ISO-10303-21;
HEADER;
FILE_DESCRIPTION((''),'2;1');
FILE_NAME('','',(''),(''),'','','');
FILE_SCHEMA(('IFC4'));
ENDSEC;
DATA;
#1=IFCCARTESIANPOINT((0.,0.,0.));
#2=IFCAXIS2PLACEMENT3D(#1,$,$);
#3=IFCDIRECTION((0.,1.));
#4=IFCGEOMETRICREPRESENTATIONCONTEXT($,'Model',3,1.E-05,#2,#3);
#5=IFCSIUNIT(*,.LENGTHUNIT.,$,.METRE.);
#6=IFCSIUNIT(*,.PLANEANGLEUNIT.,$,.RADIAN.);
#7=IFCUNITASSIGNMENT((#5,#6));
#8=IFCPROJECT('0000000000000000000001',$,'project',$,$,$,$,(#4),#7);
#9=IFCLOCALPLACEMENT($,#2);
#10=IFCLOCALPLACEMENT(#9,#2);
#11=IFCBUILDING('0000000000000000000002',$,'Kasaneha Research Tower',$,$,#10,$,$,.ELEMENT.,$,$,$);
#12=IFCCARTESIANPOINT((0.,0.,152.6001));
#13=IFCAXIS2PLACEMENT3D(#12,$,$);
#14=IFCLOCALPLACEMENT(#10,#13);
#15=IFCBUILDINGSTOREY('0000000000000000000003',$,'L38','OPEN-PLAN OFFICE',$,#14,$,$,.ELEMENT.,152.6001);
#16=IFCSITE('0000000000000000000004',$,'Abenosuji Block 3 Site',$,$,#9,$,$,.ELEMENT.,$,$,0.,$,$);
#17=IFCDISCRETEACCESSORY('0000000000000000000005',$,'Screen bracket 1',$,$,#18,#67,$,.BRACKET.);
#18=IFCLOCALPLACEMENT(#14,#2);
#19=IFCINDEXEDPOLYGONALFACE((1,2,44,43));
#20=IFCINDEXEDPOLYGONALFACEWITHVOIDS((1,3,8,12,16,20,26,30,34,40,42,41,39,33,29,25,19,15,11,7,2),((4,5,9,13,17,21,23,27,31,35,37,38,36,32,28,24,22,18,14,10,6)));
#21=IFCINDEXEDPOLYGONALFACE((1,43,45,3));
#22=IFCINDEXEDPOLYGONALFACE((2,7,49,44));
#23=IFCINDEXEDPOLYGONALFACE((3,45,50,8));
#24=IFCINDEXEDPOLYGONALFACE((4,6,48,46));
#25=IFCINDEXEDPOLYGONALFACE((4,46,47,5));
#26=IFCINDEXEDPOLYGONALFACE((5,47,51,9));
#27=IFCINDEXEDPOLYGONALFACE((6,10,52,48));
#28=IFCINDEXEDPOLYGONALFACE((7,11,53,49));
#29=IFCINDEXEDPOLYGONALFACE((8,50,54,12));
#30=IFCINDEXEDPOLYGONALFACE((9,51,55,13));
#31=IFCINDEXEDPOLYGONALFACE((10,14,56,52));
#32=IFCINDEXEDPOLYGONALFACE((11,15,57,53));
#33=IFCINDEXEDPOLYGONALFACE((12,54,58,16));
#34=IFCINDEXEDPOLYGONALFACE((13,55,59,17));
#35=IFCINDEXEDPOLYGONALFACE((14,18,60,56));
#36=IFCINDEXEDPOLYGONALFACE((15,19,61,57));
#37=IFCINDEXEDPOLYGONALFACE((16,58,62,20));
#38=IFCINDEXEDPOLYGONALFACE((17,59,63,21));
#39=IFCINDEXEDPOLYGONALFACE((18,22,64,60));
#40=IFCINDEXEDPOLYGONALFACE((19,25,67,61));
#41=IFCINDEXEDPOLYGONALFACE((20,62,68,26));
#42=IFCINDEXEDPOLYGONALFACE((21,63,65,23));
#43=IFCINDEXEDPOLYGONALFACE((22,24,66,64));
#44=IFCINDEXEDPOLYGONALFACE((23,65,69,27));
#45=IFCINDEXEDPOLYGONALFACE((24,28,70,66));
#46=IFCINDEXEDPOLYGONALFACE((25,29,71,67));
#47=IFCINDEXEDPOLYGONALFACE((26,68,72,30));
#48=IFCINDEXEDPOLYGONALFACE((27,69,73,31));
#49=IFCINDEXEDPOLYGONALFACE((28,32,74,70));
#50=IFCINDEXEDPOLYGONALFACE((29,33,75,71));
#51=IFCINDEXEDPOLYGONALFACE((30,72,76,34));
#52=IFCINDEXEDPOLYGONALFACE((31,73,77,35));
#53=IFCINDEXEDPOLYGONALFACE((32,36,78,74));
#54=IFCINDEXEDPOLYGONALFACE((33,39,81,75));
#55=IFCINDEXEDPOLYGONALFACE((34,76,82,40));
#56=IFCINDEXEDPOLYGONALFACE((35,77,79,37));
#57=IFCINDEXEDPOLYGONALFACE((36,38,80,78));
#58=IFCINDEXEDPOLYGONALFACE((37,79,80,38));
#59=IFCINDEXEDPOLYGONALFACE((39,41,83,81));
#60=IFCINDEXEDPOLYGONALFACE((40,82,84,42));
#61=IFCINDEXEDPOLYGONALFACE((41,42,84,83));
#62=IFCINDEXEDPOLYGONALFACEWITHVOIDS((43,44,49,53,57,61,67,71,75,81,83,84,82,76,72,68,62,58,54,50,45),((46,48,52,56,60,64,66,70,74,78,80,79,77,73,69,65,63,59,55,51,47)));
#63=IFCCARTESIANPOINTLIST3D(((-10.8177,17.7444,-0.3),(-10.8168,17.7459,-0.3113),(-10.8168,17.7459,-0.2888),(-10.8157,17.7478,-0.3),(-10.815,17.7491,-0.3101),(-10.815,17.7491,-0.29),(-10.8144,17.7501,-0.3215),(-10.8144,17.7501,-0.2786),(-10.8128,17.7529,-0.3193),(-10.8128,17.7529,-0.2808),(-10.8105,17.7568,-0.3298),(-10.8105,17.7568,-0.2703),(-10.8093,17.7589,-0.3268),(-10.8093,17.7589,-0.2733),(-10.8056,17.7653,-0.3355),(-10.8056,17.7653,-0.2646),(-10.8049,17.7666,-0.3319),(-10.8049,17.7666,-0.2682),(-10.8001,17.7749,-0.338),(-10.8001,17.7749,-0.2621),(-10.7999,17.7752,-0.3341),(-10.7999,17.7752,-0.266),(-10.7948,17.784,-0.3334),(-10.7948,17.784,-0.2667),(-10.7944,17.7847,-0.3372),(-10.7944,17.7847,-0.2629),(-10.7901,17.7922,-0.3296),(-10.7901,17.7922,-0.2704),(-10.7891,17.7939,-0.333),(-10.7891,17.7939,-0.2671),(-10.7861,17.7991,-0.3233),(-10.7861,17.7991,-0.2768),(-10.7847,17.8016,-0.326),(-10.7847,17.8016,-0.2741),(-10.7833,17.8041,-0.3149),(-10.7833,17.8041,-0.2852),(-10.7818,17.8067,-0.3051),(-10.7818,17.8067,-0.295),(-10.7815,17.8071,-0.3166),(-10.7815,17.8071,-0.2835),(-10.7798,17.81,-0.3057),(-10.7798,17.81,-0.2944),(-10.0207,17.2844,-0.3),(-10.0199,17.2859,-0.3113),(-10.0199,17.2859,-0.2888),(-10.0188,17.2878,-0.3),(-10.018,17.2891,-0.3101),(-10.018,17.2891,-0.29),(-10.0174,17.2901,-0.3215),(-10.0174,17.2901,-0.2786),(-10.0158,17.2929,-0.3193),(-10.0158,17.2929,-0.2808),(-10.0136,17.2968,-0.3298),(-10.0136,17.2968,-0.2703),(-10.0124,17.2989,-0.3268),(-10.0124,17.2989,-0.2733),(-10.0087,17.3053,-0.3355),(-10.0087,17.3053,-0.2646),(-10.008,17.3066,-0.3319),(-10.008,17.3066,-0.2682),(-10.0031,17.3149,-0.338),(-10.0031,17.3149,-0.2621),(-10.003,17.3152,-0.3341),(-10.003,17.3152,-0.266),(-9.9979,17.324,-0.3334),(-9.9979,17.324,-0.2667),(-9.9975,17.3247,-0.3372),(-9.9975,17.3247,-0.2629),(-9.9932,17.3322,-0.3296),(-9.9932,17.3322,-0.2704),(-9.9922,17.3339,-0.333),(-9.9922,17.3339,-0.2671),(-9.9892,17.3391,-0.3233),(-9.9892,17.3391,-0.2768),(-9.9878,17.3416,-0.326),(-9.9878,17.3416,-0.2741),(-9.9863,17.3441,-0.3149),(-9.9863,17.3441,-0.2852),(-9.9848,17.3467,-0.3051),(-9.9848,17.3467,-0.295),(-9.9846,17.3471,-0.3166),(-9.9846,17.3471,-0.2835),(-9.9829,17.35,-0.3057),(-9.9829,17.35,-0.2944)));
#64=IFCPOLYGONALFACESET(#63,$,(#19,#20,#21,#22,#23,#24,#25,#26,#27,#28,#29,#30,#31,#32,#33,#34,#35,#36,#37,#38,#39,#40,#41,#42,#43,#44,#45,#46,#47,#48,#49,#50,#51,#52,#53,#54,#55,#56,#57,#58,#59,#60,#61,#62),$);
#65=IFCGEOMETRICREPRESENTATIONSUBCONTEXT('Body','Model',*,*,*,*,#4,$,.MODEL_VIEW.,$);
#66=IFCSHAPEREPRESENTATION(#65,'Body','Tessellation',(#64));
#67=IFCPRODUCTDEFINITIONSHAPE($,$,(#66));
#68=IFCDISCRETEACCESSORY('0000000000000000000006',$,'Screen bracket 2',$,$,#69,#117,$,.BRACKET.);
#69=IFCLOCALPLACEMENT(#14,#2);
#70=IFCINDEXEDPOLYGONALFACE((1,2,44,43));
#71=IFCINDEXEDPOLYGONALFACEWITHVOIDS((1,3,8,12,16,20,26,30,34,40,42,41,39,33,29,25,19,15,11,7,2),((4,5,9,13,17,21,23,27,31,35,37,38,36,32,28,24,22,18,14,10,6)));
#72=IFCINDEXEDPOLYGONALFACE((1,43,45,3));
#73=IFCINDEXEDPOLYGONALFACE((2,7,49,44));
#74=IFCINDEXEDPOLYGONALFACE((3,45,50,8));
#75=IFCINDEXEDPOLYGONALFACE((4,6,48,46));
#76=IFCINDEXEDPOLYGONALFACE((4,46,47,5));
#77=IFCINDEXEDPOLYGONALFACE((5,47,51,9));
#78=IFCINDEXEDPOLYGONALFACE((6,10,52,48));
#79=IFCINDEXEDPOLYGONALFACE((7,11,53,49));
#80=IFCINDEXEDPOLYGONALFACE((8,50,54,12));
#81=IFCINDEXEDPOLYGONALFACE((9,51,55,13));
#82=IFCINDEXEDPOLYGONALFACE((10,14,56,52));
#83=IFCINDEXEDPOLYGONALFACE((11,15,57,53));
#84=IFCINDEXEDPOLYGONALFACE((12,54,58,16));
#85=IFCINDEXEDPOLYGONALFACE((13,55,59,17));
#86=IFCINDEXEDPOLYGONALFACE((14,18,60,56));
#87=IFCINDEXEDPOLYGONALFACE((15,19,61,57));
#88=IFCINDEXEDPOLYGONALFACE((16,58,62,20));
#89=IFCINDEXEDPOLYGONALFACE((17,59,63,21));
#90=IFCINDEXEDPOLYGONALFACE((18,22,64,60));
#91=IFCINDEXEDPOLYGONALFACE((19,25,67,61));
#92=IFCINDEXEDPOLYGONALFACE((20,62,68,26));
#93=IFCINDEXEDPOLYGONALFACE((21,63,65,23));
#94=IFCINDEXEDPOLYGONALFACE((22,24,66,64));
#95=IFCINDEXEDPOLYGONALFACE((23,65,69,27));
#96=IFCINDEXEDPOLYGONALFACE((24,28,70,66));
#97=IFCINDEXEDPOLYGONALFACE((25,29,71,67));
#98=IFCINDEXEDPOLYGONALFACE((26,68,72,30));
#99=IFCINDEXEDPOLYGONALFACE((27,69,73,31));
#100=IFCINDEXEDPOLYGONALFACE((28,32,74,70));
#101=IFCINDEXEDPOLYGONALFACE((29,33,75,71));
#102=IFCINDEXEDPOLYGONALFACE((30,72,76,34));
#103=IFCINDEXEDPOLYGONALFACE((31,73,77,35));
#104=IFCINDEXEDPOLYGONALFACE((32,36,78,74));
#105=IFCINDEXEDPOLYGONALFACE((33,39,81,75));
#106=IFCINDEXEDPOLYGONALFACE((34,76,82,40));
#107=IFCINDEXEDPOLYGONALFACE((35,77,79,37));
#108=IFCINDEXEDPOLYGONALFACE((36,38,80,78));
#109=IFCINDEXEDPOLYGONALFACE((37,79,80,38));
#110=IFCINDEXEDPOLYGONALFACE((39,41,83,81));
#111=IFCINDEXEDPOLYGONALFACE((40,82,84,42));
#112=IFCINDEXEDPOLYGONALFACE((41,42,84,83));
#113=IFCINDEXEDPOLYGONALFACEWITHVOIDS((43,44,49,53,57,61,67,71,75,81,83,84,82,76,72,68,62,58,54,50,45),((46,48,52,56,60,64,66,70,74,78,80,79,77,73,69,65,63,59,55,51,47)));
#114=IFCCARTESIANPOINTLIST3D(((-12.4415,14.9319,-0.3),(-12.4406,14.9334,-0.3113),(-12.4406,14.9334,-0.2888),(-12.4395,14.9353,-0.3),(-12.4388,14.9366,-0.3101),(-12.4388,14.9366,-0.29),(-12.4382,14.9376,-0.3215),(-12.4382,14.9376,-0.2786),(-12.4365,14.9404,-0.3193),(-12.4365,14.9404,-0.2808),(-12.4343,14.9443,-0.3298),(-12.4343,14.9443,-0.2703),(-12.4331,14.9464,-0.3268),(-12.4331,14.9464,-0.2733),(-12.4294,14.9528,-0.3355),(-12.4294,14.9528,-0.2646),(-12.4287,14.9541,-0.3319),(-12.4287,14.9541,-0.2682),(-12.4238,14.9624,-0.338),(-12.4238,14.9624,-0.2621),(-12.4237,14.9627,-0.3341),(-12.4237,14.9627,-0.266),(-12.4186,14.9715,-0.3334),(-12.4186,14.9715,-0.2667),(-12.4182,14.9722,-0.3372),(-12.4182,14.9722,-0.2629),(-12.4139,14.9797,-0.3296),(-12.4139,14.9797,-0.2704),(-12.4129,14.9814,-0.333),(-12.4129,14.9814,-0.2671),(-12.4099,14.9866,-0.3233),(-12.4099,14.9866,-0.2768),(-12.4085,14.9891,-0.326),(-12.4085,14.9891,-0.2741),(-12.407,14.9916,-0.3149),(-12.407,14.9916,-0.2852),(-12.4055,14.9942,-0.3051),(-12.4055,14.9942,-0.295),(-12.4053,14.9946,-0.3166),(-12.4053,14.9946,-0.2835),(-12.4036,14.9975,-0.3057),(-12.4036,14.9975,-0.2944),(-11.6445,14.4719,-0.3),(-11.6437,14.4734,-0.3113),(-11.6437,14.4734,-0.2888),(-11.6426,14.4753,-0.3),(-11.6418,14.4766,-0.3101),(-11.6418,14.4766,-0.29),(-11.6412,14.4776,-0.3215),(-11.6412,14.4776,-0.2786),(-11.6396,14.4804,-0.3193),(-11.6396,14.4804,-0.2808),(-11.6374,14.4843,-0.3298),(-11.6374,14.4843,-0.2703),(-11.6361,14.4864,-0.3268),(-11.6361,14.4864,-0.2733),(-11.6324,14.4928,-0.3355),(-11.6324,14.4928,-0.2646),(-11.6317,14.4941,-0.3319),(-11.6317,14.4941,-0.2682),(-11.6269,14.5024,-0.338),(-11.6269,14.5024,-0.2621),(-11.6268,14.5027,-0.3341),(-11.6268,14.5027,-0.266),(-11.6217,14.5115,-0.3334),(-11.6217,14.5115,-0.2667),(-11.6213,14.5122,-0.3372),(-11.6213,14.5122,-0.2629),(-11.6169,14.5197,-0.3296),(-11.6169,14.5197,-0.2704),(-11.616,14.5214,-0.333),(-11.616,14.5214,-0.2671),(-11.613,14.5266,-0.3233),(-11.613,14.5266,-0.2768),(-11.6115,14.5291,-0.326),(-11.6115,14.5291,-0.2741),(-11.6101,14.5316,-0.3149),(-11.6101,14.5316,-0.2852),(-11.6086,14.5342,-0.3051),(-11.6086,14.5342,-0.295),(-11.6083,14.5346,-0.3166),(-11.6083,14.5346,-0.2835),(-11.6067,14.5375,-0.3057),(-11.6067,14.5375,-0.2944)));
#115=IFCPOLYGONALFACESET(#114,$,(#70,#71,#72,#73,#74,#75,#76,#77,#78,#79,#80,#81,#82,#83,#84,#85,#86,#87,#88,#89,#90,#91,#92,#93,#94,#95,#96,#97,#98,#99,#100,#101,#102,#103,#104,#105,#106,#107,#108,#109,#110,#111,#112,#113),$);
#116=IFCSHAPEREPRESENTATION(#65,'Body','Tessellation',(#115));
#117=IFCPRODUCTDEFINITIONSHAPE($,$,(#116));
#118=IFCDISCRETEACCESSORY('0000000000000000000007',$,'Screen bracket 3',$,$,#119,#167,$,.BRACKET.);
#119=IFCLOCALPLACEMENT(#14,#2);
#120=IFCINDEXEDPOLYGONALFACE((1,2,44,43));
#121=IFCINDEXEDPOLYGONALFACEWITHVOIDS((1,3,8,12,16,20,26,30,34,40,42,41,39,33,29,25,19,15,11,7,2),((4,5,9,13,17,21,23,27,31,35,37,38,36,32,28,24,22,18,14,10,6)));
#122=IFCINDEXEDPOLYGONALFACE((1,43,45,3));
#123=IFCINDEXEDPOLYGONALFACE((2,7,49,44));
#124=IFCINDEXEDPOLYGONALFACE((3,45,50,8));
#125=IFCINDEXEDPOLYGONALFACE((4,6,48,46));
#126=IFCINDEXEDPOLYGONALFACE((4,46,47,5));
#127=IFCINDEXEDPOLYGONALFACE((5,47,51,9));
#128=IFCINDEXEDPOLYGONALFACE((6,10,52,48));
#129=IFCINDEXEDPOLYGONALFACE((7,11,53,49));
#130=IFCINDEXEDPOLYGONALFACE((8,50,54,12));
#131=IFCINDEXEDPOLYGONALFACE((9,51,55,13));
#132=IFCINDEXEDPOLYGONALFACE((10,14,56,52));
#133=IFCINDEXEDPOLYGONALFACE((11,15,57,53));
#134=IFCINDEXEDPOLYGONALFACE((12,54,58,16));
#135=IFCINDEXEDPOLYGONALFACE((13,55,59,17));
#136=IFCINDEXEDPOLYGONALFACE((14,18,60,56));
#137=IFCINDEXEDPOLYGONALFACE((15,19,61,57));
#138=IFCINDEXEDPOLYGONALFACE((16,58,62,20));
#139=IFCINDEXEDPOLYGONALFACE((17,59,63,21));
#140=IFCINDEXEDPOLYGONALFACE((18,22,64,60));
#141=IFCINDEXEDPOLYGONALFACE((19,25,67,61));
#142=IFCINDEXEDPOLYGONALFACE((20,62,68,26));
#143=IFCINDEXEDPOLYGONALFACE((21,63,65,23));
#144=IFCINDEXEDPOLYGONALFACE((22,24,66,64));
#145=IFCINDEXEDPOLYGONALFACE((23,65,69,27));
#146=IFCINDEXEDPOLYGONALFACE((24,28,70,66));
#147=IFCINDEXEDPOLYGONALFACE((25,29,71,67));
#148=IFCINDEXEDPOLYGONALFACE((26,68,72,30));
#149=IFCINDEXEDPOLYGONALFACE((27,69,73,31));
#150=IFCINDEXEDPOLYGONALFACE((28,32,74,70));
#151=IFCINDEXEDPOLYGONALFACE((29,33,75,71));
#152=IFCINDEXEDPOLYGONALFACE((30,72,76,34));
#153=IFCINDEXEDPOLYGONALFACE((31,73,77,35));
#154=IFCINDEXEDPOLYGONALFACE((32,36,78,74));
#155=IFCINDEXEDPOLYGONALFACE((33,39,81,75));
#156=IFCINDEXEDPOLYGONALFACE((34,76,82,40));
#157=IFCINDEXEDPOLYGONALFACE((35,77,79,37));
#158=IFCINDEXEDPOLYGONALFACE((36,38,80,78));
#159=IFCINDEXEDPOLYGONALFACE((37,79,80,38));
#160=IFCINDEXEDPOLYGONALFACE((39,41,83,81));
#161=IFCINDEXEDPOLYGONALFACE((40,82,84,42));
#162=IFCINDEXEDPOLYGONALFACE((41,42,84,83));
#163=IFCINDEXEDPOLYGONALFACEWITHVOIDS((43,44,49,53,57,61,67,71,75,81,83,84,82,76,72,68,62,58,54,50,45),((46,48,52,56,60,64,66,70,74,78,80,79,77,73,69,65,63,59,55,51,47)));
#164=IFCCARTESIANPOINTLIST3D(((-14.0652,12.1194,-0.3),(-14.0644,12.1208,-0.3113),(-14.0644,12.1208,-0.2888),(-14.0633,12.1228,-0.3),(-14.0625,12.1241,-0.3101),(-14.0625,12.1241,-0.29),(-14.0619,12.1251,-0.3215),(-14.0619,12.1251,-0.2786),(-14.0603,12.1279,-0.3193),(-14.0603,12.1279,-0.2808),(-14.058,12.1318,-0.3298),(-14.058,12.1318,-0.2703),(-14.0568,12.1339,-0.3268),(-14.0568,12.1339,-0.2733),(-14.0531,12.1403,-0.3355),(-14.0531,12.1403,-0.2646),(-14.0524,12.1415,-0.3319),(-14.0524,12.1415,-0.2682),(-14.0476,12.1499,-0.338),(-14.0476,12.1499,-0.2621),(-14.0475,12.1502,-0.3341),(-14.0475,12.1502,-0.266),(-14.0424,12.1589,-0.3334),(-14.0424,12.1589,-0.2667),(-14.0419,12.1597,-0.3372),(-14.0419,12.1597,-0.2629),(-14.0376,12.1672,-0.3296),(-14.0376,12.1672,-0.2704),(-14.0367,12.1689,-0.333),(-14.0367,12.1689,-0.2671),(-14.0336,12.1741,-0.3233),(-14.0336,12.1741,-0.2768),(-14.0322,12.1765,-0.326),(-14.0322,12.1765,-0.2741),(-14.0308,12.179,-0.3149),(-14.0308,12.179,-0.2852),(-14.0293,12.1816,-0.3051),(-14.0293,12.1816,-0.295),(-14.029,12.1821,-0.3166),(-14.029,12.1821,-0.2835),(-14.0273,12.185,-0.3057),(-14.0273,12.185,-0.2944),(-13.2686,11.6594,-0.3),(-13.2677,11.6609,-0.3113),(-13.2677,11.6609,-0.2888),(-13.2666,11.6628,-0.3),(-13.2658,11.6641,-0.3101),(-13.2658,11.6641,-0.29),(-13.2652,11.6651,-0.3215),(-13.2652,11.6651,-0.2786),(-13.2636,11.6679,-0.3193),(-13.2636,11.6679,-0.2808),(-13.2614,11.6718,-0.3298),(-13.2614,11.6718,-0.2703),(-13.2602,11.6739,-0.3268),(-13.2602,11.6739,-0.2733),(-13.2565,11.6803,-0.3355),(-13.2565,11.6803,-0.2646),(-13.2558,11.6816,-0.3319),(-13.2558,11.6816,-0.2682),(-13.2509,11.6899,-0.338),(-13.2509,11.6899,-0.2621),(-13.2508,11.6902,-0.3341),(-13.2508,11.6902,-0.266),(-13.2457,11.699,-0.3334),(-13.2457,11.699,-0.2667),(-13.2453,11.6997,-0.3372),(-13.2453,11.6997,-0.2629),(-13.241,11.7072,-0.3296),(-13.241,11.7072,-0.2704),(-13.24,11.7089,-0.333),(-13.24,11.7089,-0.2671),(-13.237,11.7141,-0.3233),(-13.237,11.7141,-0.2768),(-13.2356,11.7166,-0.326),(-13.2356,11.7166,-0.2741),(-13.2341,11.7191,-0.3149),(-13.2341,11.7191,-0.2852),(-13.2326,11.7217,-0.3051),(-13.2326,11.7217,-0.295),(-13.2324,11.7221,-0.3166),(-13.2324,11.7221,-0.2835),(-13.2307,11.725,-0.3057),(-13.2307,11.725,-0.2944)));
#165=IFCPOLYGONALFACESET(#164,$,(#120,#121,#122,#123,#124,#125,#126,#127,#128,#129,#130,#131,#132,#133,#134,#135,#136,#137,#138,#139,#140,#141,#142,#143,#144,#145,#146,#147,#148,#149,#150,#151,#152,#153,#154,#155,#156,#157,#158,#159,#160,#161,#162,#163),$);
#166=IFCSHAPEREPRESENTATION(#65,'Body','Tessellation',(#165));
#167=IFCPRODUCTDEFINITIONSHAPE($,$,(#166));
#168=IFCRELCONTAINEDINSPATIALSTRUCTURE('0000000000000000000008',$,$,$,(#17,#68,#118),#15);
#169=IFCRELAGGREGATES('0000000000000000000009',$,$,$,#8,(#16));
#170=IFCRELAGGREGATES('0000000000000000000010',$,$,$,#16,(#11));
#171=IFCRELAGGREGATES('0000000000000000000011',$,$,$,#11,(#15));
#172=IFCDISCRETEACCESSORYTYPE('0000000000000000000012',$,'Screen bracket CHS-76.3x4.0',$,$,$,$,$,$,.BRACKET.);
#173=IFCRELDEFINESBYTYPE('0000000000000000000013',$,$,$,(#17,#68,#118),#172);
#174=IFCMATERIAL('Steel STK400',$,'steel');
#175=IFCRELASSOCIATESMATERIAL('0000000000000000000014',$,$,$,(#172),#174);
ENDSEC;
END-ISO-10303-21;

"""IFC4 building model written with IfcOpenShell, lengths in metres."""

from ifc_helpers import new_model, si_unit, direction, frame, origin, origin_2d, place, context, subcontext, project, spatial, hollow_circle, extrude, material, material_profile, profile_set, type_object, element, save


model = new_model("IFC4")

# Units and contexts
model_context = context("Model", 3, precision=1e-05, world=origin(), true_north=direction((0.0, 1.0)))
body_context = subcontext(model_context, "Body", "Model", "MODEL_VIEW")
ifc_project = project(units=[si_unit("LENGTHUNIT", "METRE"), si_unit("PLANEANGLEUNIT", "RADIAN")], contexts=[model_context])

# Site, building, storey
site_placement = place(None, origin())
site = spatial("IfcSite", under=ifc_project, at=site_placement, Name="Abenosuji Block 3 Site", CompositionType="ELEMENT", RefElevation=0.0)
building_placement = place(site_placement, origin())
building = spatial("IfcBuilding", under=site, at=building_placement, Name="Kasaneha Research Tower", CompositionType="ELEMENT")
storey_placement = place(building_placement, frame((0.0, 0.0, 152.6001)))
storey = spatial("IfcBuildingStorey", under=building, at=storey_placement, Name="L38", Description="OPEN-PLAN OFFICE", CompositionType="ELEMENT", Elevation=152.6001)

# Discrete accessories
ifc_material_1 = material(Name="Steel STK400", Category="steel")
ifc_material_profile_1 = material_profile(ifc_material_1, hollow_circle(Radius=0.0381, WallThickness=0.0039, at=origin_2d()), Name="CHS-76.3x4.0")
ifc_profile_set_1 = profile_set([ifc_material_profile_1], Name="Steel STK400")
discrete_accessory_type = type_object("IfcDiscreteAccessoryType", Name="Screen bracket CHS-76.3x4.0", PredefinedType="BRACKET", material=ifc_profile_set_1)
for number, where, z_axis, x_axis, name in (
    (1, (-10.0017, 17.3174, -0.3), (-0.86608, 0.499906, 0.0), (-0.499906, -0.86608, 0.0), "Screen bracket 1"),
    (2, (-11.6255, 14.5049, -0.3), (-0.86608, 0.499906, 0.0), (-0.499906, -0.86608, 0.0), "Screen bracket 2"),
):
    element("IfcDiscreteAccessory", number, at=place(storey_placement, frame(where, z_axis=z_axis, x_axis=x_axis)), inside=storey, type_object=discrete_accessory_type, Name=name, PredefinedType="BRACKET", context=body_context, shape_type="SweptSolid", body=[
        extrude(hollow_circle(Radius=0.0381, WallThickness=0.0039, at=origin_2d()), origin(), (0.0, 0.0, 1.0), 0.9202),
    ])
for number, where, z_axis, x_axis, name in (
    (3, (-13.2495, 11.6924, -0.3), (-0.866013, 0.500021, 0.0), (-0.500021, -0.866013, 0.0), "Screen bracket 3"),
):
    element("IfcDiscreteAccessory", number, at=place(storey_placement, frame(where, z_axis=z_axis, x_axis=x_axis)), inside=storey, type_object=discrete_accessory_type, Name=name, PredefinedType="BRACKET", context=body_context, shape_type="SweptSolid", body=[
        extrude(hollow_circle(Radius=0.0381, WallThickness=0.0039, at=origin_2d()), origin(), (0.0, 0.0, 1.0), 0.9199),
    ])

save(model, "model.ifc")
